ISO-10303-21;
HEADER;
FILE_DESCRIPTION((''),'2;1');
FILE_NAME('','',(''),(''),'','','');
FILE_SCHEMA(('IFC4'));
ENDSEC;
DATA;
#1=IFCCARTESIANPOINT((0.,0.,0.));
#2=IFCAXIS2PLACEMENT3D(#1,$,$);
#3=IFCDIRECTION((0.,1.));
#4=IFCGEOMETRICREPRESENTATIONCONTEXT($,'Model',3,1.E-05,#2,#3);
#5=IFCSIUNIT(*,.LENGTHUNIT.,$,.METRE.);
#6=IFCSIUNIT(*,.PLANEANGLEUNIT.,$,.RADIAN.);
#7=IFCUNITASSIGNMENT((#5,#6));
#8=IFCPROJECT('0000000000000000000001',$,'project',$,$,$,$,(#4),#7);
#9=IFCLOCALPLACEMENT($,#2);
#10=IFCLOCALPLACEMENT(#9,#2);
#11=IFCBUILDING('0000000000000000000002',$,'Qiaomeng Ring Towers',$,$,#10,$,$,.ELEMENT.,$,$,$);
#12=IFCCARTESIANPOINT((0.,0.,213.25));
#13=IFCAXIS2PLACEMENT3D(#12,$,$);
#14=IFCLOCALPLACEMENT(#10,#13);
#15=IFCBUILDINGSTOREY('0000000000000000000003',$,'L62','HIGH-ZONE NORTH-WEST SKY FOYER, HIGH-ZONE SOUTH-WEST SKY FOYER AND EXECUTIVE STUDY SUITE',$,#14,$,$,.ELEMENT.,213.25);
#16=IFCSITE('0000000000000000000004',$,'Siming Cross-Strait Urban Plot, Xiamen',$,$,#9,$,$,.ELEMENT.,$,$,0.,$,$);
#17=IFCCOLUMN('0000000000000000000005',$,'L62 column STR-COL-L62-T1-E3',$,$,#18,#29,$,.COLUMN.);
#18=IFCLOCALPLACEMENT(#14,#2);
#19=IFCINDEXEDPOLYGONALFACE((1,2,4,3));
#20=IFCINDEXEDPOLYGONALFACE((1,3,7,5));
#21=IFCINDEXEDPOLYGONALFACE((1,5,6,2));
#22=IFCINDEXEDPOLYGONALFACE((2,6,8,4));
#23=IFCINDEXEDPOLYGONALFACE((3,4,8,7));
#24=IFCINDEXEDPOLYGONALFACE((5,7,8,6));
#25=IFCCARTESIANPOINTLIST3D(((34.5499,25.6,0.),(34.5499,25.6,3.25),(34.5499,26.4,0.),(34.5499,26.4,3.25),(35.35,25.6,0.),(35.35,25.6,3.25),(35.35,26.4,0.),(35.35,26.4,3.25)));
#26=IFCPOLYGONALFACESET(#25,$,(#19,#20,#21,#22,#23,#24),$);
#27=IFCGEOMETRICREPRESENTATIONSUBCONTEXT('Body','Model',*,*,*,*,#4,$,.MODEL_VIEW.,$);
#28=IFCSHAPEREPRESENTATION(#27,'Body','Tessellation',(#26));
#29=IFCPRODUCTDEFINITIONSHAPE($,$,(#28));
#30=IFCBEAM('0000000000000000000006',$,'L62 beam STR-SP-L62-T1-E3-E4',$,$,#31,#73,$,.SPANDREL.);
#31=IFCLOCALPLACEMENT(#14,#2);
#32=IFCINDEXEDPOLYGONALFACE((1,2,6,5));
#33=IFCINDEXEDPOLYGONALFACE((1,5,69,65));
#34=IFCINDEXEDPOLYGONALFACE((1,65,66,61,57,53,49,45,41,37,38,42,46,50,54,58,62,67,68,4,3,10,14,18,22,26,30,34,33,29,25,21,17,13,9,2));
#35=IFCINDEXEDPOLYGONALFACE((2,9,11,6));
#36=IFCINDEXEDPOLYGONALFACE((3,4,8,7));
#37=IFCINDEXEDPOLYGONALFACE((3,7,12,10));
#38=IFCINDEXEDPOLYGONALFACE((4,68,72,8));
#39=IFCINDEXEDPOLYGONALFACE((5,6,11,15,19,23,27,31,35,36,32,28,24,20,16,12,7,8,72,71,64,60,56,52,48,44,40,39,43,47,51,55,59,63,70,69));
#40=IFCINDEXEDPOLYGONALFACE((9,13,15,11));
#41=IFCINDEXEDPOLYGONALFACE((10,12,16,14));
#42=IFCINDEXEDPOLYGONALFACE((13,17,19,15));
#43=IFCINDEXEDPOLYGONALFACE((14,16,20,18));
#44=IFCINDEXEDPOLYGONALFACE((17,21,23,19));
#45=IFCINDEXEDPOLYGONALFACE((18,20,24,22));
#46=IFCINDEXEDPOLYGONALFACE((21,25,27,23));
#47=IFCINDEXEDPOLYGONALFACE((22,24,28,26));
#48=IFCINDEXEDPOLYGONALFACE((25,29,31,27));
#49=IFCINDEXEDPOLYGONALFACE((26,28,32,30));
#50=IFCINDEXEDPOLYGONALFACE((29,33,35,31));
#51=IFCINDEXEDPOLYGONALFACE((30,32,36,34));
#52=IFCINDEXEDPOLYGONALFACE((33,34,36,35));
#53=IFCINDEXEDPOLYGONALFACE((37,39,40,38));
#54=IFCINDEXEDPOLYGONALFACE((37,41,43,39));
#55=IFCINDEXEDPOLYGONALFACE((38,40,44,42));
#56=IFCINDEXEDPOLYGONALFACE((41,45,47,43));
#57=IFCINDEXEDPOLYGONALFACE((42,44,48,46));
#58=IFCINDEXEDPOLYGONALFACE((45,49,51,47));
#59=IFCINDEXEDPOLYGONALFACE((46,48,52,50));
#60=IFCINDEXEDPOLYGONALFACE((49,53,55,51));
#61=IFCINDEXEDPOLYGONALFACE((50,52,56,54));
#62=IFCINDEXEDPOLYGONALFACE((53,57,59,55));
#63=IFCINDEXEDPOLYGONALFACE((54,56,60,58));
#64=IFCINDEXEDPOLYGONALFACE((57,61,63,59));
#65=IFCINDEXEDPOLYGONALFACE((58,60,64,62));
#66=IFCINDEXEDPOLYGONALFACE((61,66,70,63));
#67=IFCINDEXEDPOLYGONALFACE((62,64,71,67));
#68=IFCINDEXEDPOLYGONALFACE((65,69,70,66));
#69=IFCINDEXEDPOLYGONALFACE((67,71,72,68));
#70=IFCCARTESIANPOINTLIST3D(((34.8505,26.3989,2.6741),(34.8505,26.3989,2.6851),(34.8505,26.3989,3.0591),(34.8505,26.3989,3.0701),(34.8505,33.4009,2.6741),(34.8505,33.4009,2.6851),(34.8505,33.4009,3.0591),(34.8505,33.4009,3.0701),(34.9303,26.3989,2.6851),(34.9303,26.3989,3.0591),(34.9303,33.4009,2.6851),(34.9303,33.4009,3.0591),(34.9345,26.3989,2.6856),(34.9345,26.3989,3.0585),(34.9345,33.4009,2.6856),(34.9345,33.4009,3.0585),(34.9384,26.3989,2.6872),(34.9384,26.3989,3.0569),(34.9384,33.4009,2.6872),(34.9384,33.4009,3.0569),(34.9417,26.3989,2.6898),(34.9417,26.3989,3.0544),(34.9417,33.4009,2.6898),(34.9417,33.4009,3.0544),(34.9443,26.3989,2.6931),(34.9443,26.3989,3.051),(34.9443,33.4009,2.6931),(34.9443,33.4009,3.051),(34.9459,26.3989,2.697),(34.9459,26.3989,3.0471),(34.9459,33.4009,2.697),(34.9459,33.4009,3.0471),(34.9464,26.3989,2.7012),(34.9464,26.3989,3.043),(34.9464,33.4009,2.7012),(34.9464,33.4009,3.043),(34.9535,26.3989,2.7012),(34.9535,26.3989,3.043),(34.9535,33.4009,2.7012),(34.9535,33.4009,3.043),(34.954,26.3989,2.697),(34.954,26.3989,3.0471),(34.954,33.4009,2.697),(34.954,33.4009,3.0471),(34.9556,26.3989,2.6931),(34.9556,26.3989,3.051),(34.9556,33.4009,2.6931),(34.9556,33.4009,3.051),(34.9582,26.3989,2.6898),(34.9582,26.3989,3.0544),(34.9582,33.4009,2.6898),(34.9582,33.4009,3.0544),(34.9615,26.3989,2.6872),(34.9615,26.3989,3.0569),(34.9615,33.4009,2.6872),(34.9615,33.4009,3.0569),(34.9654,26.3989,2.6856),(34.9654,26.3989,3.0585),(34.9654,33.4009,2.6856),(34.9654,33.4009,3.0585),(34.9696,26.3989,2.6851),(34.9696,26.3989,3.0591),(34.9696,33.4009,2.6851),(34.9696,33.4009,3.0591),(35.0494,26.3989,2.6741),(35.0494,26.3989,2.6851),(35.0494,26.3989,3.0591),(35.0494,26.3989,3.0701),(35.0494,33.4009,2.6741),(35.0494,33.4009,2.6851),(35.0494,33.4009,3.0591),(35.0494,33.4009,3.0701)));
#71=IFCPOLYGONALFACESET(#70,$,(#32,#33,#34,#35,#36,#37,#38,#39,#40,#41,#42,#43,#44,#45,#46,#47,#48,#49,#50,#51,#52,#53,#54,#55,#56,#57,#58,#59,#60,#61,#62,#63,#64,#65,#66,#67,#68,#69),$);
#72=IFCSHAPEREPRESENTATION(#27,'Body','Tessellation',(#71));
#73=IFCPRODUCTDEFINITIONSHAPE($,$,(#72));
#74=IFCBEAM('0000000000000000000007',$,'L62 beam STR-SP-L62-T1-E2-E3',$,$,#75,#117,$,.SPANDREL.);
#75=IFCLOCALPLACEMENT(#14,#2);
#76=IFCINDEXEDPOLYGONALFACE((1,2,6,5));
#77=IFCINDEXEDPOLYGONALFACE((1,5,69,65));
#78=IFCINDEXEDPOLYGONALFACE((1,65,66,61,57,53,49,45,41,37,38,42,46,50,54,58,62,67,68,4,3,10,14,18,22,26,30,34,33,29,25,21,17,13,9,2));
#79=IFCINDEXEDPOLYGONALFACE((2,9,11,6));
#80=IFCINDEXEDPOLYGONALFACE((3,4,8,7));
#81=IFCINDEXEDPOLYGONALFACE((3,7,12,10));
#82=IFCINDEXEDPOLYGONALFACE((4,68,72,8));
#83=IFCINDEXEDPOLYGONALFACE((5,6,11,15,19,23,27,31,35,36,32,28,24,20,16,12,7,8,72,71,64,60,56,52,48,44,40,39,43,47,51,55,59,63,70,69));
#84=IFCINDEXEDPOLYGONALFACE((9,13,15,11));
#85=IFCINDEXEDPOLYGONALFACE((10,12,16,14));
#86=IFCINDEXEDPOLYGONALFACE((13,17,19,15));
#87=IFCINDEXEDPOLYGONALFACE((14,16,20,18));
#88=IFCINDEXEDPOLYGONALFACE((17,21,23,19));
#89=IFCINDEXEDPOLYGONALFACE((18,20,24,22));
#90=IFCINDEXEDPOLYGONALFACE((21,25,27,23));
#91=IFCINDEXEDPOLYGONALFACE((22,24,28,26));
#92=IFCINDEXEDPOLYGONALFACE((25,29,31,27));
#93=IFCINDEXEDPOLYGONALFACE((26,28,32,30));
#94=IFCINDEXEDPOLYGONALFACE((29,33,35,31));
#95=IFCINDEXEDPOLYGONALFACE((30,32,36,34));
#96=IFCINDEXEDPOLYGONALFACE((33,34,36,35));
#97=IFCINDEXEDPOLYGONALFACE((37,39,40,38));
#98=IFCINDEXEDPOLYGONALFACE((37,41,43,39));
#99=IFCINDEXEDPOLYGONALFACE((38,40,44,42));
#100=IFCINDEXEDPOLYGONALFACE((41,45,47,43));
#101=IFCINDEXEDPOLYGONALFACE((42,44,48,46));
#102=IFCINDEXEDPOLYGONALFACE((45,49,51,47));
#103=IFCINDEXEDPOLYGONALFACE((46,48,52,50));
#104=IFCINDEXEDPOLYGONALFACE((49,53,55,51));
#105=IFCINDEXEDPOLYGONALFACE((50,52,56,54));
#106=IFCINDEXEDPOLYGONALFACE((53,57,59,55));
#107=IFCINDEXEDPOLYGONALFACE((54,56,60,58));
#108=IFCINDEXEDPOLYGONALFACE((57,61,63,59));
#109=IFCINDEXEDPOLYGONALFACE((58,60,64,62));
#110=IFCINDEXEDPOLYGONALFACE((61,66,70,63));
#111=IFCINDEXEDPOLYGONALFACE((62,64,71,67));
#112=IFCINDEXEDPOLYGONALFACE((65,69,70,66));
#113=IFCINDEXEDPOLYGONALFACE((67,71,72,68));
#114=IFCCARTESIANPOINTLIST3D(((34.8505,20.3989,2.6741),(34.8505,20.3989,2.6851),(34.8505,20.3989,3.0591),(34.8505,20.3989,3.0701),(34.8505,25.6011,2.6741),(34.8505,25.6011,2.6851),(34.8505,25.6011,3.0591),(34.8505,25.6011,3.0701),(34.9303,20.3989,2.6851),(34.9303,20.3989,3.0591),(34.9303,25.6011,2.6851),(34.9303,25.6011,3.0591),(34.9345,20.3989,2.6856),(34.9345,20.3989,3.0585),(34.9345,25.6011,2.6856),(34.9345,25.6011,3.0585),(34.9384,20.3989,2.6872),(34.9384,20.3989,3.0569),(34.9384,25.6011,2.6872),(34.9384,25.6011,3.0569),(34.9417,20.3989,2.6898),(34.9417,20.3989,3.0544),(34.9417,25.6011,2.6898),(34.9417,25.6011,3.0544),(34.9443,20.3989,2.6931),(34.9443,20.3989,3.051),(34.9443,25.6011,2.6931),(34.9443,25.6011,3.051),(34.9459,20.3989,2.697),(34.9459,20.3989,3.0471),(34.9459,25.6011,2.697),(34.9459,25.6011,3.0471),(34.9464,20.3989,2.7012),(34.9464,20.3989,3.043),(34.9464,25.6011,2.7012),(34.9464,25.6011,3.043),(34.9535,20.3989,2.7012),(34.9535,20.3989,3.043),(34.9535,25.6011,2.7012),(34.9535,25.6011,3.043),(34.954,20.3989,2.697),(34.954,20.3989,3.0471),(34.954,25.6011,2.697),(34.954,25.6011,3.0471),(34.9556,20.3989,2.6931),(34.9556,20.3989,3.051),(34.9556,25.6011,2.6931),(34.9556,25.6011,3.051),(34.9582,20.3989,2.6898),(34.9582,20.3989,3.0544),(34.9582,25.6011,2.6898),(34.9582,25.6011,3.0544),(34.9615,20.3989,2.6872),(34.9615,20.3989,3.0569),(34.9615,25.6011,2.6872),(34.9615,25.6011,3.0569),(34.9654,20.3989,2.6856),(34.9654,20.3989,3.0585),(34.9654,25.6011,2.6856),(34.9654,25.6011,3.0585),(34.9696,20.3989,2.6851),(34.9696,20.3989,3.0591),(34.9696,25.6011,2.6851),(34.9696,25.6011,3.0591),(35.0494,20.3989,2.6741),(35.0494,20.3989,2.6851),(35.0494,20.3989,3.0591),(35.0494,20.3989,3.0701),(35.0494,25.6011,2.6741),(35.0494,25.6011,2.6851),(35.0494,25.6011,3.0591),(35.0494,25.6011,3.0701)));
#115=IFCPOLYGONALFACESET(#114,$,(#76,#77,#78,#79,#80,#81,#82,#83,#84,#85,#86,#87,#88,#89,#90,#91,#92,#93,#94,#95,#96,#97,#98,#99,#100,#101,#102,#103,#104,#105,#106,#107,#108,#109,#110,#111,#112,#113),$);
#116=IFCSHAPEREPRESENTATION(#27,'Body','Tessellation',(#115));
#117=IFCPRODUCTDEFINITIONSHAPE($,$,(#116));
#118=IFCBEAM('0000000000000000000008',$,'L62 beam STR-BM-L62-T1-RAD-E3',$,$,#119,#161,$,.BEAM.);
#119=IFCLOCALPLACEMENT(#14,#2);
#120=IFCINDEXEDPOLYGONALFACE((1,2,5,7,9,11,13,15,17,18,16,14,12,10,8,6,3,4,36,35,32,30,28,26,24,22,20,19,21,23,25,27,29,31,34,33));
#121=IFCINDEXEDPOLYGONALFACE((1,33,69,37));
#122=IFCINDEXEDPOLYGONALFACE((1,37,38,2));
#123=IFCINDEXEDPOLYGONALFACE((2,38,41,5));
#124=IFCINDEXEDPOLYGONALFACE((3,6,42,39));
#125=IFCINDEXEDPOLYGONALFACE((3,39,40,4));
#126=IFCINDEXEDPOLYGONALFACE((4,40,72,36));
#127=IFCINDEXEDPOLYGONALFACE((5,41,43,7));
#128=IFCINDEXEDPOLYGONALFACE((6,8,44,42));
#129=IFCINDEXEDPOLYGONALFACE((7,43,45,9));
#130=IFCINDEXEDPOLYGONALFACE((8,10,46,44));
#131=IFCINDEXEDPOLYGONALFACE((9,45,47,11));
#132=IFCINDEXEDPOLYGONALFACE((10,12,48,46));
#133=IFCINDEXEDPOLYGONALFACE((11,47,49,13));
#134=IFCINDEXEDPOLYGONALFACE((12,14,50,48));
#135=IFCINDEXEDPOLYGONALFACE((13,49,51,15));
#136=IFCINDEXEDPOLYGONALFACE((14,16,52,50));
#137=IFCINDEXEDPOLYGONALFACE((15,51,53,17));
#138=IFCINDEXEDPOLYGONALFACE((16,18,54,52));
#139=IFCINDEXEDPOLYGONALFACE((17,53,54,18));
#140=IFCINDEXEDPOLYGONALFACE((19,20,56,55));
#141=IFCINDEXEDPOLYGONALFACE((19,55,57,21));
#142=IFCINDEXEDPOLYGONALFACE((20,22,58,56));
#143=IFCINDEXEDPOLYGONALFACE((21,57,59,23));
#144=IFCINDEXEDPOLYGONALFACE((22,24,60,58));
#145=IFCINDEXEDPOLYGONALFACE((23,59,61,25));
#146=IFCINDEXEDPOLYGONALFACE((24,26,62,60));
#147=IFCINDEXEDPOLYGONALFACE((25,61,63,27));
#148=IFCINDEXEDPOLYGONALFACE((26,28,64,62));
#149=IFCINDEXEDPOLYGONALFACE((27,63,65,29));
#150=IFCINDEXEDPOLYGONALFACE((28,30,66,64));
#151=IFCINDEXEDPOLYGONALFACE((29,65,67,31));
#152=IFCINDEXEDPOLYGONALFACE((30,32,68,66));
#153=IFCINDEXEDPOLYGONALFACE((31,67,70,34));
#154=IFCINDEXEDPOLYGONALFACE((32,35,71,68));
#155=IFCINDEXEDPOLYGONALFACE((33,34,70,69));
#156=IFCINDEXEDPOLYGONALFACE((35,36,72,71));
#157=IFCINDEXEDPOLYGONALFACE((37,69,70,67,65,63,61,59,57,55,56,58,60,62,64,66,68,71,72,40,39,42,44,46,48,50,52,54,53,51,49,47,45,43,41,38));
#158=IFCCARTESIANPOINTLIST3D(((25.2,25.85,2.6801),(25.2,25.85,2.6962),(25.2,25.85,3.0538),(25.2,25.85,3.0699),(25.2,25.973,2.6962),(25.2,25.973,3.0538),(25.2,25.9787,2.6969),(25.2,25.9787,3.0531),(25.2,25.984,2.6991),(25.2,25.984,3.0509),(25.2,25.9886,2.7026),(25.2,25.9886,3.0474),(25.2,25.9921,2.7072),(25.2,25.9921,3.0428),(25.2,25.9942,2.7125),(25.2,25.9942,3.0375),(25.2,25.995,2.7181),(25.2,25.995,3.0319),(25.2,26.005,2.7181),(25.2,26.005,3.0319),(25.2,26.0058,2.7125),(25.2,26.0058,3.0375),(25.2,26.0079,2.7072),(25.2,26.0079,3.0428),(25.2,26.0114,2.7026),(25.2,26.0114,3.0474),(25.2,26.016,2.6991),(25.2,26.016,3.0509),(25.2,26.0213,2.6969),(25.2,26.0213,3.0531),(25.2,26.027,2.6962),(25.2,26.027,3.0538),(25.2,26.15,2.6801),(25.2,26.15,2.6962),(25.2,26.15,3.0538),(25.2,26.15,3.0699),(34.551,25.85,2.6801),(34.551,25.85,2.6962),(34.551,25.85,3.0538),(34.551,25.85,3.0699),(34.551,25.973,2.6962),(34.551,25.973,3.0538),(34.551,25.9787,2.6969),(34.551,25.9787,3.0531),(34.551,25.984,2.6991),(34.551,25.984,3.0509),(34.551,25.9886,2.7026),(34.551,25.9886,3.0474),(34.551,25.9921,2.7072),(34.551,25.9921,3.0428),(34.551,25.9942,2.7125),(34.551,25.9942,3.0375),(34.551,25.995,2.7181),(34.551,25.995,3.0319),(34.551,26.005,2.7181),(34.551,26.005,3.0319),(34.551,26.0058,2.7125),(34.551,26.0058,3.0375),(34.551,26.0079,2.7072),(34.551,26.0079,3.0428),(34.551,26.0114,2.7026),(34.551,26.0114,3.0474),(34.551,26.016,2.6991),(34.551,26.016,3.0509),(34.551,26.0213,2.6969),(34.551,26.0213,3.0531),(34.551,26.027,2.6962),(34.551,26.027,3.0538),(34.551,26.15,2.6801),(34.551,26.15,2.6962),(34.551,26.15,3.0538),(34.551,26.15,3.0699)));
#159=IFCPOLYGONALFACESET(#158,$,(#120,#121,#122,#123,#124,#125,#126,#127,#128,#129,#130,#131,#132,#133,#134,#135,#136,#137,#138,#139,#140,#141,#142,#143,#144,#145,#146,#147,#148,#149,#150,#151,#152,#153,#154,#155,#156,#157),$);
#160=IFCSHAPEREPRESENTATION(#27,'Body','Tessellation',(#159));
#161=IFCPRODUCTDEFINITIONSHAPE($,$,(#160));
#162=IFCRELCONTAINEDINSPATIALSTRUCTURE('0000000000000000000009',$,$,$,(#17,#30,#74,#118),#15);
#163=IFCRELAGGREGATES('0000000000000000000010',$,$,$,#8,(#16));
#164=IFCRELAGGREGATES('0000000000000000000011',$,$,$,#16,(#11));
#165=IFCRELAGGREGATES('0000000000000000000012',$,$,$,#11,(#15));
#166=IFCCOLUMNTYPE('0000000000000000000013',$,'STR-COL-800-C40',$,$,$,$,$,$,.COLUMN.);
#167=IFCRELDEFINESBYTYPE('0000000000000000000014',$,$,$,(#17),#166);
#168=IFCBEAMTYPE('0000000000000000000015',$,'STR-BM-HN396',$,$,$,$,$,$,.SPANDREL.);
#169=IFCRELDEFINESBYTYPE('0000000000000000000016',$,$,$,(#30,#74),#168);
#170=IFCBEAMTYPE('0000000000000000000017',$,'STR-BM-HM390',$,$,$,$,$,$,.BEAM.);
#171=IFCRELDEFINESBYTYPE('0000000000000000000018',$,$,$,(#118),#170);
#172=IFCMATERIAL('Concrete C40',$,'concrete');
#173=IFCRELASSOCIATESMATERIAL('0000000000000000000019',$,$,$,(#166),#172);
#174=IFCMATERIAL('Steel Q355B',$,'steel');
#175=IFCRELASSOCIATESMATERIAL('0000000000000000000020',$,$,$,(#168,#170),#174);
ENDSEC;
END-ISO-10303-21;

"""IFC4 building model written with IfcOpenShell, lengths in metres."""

from ifc_helpers import new_model, si_unit, direction, frame, origin, origin_2d, place, context, subcontext, project, spatial, rectangle, i_section, extrude, source, transform, mapped, material, material_profile, profile_set, type_object, element, save


model = new_model("IFC4")

# Units and contexts
model_context = context("Model", 3, precision=1e-05, world=origin(), true_north=direction((0.0, 1.0)))
body_context = subcontext(model_context, "Body", "Model", "MODEL_VIEW")
ifc_project = project(units=[si_unit("LENGTHUNIT", "METRE"), si_unit("PLANEANGLEUNIT", "RADIAN")], contexts=[model_context])

# Site, building, storey
site_placement = place(None, origin())
site = spatial("IfcSite", under=ifc_project, at=site_placement, Name="Siming Cross-Strait Urban Plot, Xiamen", CompositionType="ELEMENT", RefElevation=0.0)
building_placement = place(site_placement, origin())
building = spatial("IfcBuilding", under=site, at=building_placement, Name="Qiaomeng Ring Towers", CompositionType="ELEMENT")
storey_placement = place(building_placement, frame((0.0, 0.0, 213.25)))
storey = spatial("IfcBuildingStorey", under=building, at=storey_placement, Name="L62", Description="HIGH-ZONE NORTH-WEST SKY FOYER, HIGH-ZONE SOUTH-WEST SKY FOYER AND EXECUTIVE STUDY SUITE", CompositionType="ELEMENT", Elevation=213.25)

# Column
ifc_material_1 = material(Name="Concrete C40", Category="concrete")
ifc_material_profile_1 = material_profile(ifc_material_1, rectangle(XDim=0.8, YDim=0.8, at=origin_2d()), Name="RC COL 800x800")
ifc_profile_set_1 = profile_set([ifc_material_profile_1], Name="Concrete C40")
column_type = type_object("IfcColumnType", Name="STR-COL-800-C40", PredefinedType="COLUMN", material=ifc_profile_set_1)
shared_shape_1 = source(origin(), body_context, "Body", "SweptSolid", [
    extrude(rectangle(XDim=0.8, YDim=0.8, at=origin_2d()), origin(), (0.0, 0.0, 1.0), 3.25),
])
column_placement = place(storey_placement, frame((34.95, 26.0, 0.0), z_axis=(0.0, 0.0, 1.0), x_axis=(1.0, 0.0, 0.0)))
element("IfcColumn", 1, at=column_placement, inside=storey, type_object=column_type, Name="L62 column STR-COL-L62-T1-E3", PredefinedType="COLUMN", context=body_context, shape_type="MappedRepresentation", body=[
    mapped(shared_shape_1, transform((0.0, 0.0, 0.0), x_axis=(1.0, 0.0, 0.0), y_axis=(0.0, 1.0, 0.0), z_axis=(0.0, 0.0, 1.0), scale=1.0)),
])

# Beams
ifc_material_2 = material(Name="Steel Q355B", Category="steel")
ifc_material_profile_2 = material_profile(ifc_material_2, i_section(OverallWidth=0.199, OverallDepth=0.396, WebThickness=0.0071, FlangeThickness=0.011, FilletRadius=0.0161, at=origin_2d()), Name="HN 396x199x7x11")
ifc_profile_set_2 = profile_set([ifc_material_profile_2], Name="Steel Q355B")
beam_type_1 = type_object("IfcBeamType", Name="STR-BM-HN396", PredefinedType="SPANDREL", material=ifc_profile_set_2)
shared_shape_2 = source(origin(), body_context, "Body", "SweptSolid", [
    extrude(i_section(OverallWidth=0.199, OverallDepth=0.396, WebThickness=0.0071, FlangeThickness=0.011, FilletRadius=0.0161, at=origin_2d()), origin(), (0.0, 0.0, 1.0), 7.002),
])
beam_1_placement = place(storey_placement, frame((34.95, 26.3989, 2.8721), z_axis=(0.0, 1.0, 0.0), x_axis=(-1.0, 0.0, 0.0)))
element("IfcBeam", 2, at=beam_1_placement, inside=storey, type_object=beam_type_1, Name="L62 beam STR-SP-L62-T1-E3-E4", PredefinedType="SPANDREL", context=body_context, shape_type="MappedRepresentation", body=[
    mapped(shared_shape_2, transform((0.0, 0.0, 0.0), x_axis=(1.0, 0.0, 0.0), y_axis=(0.0, 1.0, 0.0), z_axis=(0.0, 0.0, 1.0), scale=1.0)),
])
shared_shape_3 = source(origin(), body_context, "Body", "SweptSolid", [
    extrude(i_section(OverallWidth=0.199, OverallDepth=0.396, WebThickness=0.0071, FlangeThickness=0.011, FilletRadius=0.0161, at=origin_2d()), origin(), (0.0, 0.0, 1.0), 5.2021),
])
beam_2_placement = place(storey_placement, frame((34.95, 20.3989, 2.8721), z_axis=(0.0, 1.0, 0.0), x_axis=(-1.0, 0.0, 0.0)))
element("IfcBeam", 3, at=beam_2_placement, inside=storey, type_object=beam_type_1, Name="L62 beam STR-SP-L62-T1-E2-E3", PredefinedType="SPANDREL", context=body_context, shape_type="MappedRepresentation", body=[
    mapped(shared_shape_3, transform((0.0, 0.0, 0.0), x_axis=(1.0, 0.0, 0.0), y_axis=(0.0, 1.0, 0.0), z_axis=(0.0, 0.0, 1.0), scale=1.0)),
])
ifc_material_profile_3 = material_profile(ifc_material_2, i_section(OverallWidth=0.3, OverallDepth=0.3899, WebThickness=0.01, FlangeThickness=0.0161, FilletRadius=0.022, at=origin_2d()), Name="HM 390x300x10x16")
ifc_profile_set_3 = profile_set([ifc_material_profile_3], Name="Steel Q355B")
beam_type_2 = type_object("IfcBeamType", Name="STR-BM-HM390", PredefinedType="BEAM", material=ifc_profile_set_3)
shared_shape_4 = source(origin(), body_context, "Body", "SweptSolid", [
    extrude(i_section(OverallWidth=0.3, OverallDepth=0.3899, WebThickness=0.01, FlangeThickness=0.0161, FilletRadius=0.022, at=origin_2d()), origin(), (0.0, 0.0, 1.0), 9.3511),
])
beam_3_placement = place(storey_placement, frame((25.2, 26.0, 2.875), z_axis=(1.0, 0.0, 0.0), x_axis=(0.0, 1.0, 0.0)))
element("IfcBeam", 4, at=beam_3_placement, inside=storey, type_object=beam_type_2, Name="L62 beam STR-BM-L62-T1-RAD-E3", PredefinedType="BEAM", context=body_context, shape_type="MappedRepresentation", body=[
    mapped(shared_shape_4, transform((0.0, 0.0, 0.0), x_axis=(1.0, 0.0, 0.0), y_axis=(0.0, 1.0, 0.0), z_axis=(0.0, 0.0, 1.0), scale=1.0)),
])

save(model, "model.ifc")
